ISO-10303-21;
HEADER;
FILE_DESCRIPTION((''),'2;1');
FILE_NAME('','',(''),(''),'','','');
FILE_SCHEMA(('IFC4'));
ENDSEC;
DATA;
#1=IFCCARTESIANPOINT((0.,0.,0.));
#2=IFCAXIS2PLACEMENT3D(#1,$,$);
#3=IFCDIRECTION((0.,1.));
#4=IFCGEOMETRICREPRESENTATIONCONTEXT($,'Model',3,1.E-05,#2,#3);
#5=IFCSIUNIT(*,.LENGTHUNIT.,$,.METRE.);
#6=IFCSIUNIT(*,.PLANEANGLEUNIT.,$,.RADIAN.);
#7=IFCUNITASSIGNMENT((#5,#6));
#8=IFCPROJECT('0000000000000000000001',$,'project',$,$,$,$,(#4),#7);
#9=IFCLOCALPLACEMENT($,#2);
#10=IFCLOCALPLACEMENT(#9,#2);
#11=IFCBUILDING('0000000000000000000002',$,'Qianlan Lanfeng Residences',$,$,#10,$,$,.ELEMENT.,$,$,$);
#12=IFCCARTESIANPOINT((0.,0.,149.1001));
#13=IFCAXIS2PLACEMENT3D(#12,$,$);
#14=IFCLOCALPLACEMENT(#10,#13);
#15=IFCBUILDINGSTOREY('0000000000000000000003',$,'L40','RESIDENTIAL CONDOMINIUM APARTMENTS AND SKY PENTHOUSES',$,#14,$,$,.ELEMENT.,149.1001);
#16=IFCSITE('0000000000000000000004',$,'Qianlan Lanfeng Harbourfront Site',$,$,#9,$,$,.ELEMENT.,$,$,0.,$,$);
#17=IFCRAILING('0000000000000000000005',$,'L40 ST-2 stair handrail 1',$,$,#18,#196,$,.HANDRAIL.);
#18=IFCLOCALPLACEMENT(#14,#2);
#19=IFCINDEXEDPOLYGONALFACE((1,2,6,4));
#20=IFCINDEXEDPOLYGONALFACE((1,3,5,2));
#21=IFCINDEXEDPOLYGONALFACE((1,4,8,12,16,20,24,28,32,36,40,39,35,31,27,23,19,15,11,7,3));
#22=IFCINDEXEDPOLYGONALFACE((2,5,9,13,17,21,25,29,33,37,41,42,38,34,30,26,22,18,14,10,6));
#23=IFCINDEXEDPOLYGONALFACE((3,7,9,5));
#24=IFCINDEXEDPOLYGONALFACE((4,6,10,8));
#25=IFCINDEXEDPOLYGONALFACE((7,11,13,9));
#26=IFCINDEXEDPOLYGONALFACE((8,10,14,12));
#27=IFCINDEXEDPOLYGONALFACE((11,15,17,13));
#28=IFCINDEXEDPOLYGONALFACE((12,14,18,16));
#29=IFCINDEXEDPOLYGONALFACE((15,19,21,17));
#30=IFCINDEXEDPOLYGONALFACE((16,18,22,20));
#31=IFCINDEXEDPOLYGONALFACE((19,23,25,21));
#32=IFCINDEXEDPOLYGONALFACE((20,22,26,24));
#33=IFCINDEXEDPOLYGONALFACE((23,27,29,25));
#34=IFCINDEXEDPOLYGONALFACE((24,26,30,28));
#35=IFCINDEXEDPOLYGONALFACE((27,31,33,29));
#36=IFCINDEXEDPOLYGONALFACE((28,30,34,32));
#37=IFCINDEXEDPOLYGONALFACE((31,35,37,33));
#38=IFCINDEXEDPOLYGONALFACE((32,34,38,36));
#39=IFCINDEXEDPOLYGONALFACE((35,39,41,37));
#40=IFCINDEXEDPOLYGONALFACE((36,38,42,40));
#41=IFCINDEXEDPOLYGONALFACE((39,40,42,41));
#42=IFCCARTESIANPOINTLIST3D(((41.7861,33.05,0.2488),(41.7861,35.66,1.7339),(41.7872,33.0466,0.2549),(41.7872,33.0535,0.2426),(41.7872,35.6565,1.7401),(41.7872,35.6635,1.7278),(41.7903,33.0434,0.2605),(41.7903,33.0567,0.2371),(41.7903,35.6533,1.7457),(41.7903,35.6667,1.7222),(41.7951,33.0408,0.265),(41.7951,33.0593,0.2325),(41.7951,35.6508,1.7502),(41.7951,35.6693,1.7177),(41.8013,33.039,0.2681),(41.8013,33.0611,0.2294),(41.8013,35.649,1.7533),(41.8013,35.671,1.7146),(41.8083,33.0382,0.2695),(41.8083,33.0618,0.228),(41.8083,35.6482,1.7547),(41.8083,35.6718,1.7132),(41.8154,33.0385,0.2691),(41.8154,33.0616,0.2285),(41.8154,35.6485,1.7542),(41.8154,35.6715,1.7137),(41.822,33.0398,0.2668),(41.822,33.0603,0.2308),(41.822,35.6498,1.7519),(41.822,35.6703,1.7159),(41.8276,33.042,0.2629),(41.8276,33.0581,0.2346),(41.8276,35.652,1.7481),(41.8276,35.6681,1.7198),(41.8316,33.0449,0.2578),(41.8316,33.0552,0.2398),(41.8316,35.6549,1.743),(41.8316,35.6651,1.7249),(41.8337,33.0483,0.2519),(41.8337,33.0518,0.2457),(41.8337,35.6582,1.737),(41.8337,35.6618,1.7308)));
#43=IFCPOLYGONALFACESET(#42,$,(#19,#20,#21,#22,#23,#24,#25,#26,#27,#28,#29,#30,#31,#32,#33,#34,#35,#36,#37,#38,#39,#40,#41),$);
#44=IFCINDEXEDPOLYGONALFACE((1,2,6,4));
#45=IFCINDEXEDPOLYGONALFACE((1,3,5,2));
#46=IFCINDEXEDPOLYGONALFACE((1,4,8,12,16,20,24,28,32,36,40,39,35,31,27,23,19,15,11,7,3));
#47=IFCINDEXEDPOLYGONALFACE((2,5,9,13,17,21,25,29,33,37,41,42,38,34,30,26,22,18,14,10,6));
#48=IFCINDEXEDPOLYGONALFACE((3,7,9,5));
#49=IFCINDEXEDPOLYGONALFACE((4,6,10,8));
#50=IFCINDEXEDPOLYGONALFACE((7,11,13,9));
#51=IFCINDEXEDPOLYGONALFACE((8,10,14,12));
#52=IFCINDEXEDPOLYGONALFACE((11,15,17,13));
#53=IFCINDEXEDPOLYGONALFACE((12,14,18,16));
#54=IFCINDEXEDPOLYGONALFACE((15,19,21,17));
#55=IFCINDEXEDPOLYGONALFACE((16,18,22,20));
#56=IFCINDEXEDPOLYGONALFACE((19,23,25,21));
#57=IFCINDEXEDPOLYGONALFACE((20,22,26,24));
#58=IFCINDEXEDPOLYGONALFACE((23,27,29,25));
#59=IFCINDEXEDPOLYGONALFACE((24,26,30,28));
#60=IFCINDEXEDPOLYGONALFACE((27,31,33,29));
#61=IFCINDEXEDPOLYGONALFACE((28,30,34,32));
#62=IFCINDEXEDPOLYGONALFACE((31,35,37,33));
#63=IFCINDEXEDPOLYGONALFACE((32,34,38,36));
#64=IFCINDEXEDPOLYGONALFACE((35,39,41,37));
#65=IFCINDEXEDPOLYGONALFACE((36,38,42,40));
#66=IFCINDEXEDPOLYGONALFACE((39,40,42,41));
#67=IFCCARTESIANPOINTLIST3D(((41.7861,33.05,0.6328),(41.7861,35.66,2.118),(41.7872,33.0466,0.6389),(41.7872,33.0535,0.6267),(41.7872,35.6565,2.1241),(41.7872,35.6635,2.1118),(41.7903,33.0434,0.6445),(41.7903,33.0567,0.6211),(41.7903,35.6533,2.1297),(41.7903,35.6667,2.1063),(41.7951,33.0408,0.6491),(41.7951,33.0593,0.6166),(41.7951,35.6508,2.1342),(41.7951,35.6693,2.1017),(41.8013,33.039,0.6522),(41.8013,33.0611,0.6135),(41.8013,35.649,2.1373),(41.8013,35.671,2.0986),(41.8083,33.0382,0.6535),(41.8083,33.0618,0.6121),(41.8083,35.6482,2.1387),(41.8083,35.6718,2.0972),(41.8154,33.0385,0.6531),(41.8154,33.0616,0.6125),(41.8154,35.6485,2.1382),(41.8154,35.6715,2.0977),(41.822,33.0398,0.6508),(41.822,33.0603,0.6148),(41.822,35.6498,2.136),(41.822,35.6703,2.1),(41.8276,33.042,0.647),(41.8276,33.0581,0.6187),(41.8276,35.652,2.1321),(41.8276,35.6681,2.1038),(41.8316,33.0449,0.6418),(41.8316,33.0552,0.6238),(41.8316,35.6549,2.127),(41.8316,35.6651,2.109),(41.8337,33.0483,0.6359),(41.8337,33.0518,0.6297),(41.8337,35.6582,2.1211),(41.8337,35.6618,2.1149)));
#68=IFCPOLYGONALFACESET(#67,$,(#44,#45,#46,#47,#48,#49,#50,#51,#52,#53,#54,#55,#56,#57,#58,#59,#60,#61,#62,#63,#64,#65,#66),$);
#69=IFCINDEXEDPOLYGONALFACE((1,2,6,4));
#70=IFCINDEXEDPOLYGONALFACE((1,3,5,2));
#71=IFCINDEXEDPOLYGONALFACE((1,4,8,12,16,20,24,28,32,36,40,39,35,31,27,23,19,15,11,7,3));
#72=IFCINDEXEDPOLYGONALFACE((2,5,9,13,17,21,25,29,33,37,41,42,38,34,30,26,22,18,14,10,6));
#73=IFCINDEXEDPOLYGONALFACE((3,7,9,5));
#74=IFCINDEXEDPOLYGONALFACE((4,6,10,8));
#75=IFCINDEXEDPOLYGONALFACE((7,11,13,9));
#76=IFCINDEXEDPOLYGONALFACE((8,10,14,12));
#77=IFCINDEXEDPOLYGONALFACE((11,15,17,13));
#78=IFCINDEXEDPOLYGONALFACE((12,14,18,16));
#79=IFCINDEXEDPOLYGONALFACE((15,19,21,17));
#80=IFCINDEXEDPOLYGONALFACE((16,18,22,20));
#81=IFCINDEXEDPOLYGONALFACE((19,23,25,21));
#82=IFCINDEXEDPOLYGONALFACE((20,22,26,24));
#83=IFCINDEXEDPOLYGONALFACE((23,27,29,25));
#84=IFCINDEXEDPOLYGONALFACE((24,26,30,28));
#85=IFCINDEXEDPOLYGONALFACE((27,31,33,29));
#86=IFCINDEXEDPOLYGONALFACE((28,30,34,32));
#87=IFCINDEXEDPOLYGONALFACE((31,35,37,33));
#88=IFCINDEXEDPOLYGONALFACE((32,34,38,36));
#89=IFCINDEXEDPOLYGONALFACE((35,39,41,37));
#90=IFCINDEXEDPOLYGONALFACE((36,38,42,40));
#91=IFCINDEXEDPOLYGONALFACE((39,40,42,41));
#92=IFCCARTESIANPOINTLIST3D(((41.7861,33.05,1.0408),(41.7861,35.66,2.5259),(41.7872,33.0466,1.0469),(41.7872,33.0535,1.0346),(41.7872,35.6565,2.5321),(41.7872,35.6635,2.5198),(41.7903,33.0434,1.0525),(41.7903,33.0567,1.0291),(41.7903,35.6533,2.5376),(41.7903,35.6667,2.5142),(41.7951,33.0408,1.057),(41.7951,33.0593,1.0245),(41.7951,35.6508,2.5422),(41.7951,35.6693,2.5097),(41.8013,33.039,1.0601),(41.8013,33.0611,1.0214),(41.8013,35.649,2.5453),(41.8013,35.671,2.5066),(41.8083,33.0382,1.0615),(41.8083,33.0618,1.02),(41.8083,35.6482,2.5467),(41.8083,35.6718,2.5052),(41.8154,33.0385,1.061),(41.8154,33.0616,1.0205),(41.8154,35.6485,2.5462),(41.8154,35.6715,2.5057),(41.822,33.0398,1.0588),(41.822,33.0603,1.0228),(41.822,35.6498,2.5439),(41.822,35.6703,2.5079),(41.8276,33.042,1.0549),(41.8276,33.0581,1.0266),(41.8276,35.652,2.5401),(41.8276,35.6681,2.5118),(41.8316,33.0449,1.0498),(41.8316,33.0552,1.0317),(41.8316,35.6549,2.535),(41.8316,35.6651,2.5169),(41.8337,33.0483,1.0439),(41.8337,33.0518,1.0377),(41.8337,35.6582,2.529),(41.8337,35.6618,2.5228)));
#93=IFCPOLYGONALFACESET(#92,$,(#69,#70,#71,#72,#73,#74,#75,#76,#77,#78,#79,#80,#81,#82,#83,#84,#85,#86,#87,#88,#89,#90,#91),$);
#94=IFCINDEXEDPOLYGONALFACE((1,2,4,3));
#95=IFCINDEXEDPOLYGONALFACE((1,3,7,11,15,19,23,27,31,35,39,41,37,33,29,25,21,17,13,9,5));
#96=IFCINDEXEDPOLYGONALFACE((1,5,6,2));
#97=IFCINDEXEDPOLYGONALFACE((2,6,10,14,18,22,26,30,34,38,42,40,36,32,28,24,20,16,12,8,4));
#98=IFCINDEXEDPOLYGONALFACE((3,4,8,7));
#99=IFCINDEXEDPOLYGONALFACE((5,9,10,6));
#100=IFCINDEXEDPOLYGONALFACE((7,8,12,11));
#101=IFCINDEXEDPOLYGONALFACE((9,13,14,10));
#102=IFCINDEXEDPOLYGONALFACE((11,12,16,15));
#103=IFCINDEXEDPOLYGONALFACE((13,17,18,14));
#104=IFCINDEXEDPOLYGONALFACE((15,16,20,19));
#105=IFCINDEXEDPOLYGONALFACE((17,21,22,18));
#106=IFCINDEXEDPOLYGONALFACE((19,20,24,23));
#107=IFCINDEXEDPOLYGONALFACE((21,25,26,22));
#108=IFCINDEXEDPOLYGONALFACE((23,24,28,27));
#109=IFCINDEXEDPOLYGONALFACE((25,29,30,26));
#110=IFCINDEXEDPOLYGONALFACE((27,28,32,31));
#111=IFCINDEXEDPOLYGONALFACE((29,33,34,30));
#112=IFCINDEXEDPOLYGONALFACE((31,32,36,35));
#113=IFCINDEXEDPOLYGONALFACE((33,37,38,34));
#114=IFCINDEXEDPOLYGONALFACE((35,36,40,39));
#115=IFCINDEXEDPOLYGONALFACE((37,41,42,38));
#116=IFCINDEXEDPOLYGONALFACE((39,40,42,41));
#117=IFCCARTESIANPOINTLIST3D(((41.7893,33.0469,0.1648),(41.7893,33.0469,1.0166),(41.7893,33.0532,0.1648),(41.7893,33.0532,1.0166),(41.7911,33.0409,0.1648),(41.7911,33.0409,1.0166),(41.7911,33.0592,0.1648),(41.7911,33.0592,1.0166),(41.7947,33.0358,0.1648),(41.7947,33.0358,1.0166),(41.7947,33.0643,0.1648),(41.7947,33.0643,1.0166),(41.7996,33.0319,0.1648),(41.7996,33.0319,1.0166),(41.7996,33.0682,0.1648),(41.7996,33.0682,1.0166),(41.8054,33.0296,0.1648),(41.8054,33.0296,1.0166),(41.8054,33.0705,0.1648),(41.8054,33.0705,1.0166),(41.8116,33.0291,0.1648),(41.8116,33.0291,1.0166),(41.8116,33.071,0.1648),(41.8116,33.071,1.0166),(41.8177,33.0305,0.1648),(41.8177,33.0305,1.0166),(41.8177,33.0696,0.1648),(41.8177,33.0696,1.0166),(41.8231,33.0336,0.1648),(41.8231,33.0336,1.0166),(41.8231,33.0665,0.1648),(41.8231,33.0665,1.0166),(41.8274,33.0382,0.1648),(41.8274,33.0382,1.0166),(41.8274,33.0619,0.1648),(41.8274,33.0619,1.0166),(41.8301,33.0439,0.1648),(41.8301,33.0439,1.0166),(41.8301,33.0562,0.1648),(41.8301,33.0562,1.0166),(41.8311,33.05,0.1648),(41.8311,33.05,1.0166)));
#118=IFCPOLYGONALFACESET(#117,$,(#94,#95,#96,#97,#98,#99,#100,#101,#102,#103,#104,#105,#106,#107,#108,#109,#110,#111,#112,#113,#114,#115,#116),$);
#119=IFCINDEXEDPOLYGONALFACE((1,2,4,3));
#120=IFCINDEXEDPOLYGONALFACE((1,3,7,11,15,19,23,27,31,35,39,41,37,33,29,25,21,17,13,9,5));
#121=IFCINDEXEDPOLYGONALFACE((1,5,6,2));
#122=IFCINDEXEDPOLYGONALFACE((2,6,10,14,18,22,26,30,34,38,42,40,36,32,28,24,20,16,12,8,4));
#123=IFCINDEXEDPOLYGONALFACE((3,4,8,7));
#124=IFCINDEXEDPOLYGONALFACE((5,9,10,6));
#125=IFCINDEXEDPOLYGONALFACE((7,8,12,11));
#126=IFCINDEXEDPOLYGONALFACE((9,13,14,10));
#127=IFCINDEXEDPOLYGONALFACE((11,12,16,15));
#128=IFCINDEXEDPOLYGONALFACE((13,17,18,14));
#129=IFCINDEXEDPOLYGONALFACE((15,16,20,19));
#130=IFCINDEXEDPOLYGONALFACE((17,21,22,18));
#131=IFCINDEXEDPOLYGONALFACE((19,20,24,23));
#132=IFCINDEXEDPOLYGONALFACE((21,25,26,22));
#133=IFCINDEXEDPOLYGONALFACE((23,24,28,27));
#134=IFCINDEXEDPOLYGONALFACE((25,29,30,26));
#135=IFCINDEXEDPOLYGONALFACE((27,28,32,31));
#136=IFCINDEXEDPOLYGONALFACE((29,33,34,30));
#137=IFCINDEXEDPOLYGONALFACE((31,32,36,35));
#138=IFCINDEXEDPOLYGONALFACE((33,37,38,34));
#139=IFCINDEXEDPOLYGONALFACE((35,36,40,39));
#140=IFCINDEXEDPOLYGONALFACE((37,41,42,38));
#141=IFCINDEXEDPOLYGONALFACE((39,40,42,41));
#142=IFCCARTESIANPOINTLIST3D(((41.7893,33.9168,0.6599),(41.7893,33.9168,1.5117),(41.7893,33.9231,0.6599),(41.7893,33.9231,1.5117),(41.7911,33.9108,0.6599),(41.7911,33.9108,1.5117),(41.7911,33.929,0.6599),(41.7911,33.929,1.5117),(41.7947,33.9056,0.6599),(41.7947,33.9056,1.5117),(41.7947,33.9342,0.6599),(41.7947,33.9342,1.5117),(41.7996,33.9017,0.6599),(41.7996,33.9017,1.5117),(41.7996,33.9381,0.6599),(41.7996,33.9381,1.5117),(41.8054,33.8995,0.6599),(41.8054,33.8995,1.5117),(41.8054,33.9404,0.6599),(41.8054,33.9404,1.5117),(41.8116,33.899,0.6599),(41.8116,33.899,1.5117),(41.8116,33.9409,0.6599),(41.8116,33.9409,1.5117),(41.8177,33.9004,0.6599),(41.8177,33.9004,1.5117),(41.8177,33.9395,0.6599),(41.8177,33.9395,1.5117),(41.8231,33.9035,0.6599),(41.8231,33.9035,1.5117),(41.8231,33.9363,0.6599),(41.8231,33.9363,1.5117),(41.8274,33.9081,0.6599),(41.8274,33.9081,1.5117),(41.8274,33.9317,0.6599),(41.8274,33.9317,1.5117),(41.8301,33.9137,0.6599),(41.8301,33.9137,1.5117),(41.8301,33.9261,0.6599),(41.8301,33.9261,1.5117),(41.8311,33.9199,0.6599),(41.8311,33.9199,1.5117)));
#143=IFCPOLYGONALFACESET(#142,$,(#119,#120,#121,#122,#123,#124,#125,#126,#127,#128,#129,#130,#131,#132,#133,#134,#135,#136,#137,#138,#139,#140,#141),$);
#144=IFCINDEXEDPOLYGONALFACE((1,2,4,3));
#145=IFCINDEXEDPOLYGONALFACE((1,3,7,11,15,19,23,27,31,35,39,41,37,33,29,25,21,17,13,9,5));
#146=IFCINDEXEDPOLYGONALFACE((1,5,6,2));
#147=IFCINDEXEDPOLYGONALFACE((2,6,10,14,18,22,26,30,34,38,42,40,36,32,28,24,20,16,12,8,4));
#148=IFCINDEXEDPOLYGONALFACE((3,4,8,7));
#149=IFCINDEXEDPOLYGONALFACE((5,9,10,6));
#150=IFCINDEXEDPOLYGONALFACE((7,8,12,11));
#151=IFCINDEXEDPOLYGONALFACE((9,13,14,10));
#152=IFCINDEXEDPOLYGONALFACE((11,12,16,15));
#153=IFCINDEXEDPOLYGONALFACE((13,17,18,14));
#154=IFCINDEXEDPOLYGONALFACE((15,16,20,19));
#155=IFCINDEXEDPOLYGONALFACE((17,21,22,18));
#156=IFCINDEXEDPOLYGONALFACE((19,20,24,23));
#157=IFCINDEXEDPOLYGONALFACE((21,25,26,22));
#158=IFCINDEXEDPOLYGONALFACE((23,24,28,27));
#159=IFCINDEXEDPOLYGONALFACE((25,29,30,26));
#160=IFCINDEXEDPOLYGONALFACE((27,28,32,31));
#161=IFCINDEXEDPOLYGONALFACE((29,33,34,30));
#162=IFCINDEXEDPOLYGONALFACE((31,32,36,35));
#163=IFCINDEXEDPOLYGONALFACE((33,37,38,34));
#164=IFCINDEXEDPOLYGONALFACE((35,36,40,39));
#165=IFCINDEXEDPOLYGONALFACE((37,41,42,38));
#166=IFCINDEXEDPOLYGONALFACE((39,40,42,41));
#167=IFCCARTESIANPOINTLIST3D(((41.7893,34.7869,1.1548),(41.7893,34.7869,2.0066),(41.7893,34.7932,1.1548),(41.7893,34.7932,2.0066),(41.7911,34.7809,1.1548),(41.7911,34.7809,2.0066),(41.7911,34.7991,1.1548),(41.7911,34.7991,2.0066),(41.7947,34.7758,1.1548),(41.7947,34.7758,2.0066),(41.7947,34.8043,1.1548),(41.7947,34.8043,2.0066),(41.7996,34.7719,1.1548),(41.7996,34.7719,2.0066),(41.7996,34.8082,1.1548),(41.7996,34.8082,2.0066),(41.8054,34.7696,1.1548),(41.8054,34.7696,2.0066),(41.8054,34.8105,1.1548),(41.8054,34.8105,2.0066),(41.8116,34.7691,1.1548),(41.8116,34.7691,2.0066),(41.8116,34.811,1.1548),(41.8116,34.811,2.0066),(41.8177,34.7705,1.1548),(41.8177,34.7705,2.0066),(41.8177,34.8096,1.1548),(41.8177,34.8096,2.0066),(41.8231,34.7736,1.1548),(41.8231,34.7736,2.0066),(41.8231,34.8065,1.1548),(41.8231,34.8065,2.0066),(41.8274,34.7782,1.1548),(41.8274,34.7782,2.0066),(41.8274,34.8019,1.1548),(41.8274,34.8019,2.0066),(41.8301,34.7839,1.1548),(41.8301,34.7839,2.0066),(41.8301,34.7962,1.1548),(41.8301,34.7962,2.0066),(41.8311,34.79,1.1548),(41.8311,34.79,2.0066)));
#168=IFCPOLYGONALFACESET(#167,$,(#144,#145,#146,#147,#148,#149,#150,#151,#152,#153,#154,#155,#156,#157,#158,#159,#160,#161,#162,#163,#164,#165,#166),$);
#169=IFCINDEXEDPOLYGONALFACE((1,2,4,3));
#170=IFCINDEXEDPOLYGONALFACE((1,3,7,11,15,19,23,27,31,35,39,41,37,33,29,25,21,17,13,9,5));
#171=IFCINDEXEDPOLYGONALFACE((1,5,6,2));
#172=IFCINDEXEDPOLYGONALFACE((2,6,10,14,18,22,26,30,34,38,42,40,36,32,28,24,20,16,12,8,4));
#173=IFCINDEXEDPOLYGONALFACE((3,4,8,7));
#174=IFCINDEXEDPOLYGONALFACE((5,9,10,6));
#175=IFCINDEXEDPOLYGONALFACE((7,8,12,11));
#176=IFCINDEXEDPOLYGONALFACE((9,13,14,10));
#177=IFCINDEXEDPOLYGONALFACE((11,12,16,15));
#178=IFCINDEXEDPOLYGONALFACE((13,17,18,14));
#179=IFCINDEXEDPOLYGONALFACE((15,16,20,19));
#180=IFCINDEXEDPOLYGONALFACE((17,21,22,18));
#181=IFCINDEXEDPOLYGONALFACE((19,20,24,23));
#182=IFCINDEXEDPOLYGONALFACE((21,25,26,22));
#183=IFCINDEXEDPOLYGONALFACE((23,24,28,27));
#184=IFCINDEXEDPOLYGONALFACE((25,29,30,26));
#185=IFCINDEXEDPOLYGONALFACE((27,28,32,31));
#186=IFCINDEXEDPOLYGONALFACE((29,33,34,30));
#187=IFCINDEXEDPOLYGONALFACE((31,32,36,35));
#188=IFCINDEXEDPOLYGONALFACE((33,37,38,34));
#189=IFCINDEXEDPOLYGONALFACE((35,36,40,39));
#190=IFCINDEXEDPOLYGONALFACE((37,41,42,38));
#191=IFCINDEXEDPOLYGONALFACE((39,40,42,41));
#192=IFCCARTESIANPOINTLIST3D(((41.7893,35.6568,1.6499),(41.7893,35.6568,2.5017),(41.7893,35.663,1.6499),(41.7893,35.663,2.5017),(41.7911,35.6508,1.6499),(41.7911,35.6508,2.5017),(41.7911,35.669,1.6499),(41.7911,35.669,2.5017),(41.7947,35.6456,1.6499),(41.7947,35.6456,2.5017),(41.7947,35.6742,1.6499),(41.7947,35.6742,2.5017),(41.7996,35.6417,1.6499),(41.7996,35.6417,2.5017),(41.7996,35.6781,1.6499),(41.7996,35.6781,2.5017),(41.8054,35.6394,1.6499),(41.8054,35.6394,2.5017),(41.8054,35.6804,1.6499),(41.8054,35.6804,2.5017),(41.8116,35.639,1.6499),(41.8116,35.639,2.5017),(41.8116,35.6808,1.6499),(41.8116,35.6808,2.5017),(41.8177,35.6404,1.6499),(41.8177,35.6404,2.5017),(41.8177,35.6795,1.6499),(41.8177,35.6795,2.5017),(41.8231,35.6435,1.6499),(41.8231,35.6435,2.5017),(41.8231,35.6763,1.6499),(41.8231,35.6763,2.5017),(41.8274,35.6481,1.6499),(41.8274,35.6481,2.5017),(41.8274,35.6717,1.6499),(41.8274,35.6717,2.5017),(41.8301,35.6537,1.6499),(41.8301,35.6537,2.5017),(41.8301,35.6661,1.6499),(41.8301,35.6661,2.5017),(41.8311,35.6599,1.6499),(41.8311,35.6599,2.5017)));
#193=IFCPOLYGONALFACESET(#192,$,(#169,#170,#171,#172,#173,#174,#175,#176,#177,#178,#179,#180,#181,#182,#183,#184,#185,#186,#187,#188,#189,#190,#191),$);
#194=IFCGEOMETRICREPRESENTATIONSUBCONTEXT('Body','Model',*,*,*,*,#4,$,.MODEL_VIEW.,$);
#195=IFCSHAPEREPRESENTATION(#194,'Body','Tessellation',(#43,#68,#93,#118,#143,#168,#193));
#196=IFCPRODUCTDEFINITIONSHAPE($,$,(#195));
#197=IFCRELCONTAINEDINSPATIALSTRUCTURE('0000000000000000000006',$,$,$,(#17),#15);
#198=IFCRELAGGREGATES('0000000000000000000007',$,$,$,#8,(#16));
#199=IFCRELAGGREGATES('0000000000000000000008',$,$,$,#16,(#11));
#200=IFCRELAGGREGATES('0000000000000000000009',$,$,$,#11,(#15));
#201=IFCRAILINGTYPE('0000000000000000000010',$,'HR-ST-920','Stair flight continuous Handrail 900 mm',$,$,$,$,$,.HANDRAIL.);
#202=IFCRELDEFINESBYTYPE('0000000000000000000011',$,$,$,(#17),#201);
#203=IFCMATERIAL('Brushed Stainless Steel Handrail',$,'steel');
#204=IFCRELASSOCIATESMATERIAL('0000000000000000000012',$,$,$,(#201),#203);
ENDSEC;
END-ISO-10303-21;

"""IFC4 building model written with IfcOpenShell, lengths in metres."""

from ifc_helpers import new_model, si_unit, direction, frame, origin, origin_2d, place, context, subcontext, project, spatial, circle, extrude, material, type_object, element, save


model = new_model("IFC4")

# Units and contexts
model_context = context("Model", 3, precision=1e-05, world=origin(), true_north=direction((0.0, 1.0)))
body_context = subcontext(model_context, "Body", "Model", "MODEL_VIEW")
ifc_project = project(units=[si_unit("LENGTHUNIT", "METRE"), si_unit("PLANEANGLEUNIT", "RADIAN")], contexts=[model_context])

# Site, building, storey
site_placement = place(None, origin())
site = spatial("IfcSite", under=ifc_project, at=site_placement, Name="Qianlan Lanfeng Harbourfront Site", CompositionType="ELEMENT", RefElevation=0.0)
building_placement = place(site_placement, origin())
building = spatial("IfcBuilding", under=site, at=building_placement, Name="Qianlan Lanfeng Residences", CompositionType="ELEMENT")
storey_placement = place(building_placement, frame((0.0, 0.0, 149.1001)))
storey = spatial("IfcBuildingStorey", under=building, at=storey_placement, Name="L40", Description="RESIDENTIAL CONDOMINIUM APARTMENTS AND SKY PENTHOUSES", CompositionType="ELEMENT", Elevation=149.1001)

# Railing
ifc_material_1 = material(Name="Brushed Stainless Steel Handrail", Category="steel")
railing_type_1 = type_object("IfcRailingType", Name="HR-ST-920", Description="Stair flight continuous Handrail 900 mm", PredefinedType="HANDRAIL", material=ifc_material_1)
railing_1_placement = place(storey_placement, frame((41.8101, 33.05, 0.1648)))
element("IfcRailing", 1, at=railing_1_placement, inside=storey, type_object=railing_type_1, Name="L40 ST-2 stair handrail 1", PredefinedType="HANDRAIL", context=body_context, shape_type="SweptSolid", body=[
    extrude(circle(Radius=0.0239, at=origin_2d()), frame((0.0, 0.0, 0.084), z_axis=(0.0, 0.869137, 0.494571), x_axis=(-1.0, 0.0, 0.0)), (0.0, 0.0, 1.0), 3.0029),
    extrude(circle(Radius=0.0239, at=origin_2d()), frame((0.0, 0.0, 0.468), z_axis=(0.0, 0.869137, 0.494571), x_axis=(-1.0, 0.0, 0.0)), (0.0, 0.0, 1.0), 3.0029),
    extrude(circle(Radius=0.0239, at=origin_2d()), frame((0.0, 0.0, 0.876), z_axis=(0.0, 0.869137, 0.494571), x_axis=(-1.0, 0.0, 0.0)), (0.0, 0.0, 1.0), 3.0029),
    extrude(circle(Radius=0.021, at=origin_2d()), origin(), (0.0, 0.0, 1.0), 0.8518),
    extrude(circle(Radius=0.021, at=origin_2d()), frame((0.0, 0.8699, 0.4951)), (0.0, 0.0, 1.0), 0.8518),
    extrude(circle(Radius=0.021, at=origin_2d()), frame((0.0, 1.74, 0.99)), (0.0, 0.0, 1.0), 0.8518),
    extrude(circle(Radius=0.021, at=origin_2d()), frame((0.0, 2.6099, 1.4851)), (0.0, 0.0, 1.0), 0.8518),
])

save(model, "model.ifc")
